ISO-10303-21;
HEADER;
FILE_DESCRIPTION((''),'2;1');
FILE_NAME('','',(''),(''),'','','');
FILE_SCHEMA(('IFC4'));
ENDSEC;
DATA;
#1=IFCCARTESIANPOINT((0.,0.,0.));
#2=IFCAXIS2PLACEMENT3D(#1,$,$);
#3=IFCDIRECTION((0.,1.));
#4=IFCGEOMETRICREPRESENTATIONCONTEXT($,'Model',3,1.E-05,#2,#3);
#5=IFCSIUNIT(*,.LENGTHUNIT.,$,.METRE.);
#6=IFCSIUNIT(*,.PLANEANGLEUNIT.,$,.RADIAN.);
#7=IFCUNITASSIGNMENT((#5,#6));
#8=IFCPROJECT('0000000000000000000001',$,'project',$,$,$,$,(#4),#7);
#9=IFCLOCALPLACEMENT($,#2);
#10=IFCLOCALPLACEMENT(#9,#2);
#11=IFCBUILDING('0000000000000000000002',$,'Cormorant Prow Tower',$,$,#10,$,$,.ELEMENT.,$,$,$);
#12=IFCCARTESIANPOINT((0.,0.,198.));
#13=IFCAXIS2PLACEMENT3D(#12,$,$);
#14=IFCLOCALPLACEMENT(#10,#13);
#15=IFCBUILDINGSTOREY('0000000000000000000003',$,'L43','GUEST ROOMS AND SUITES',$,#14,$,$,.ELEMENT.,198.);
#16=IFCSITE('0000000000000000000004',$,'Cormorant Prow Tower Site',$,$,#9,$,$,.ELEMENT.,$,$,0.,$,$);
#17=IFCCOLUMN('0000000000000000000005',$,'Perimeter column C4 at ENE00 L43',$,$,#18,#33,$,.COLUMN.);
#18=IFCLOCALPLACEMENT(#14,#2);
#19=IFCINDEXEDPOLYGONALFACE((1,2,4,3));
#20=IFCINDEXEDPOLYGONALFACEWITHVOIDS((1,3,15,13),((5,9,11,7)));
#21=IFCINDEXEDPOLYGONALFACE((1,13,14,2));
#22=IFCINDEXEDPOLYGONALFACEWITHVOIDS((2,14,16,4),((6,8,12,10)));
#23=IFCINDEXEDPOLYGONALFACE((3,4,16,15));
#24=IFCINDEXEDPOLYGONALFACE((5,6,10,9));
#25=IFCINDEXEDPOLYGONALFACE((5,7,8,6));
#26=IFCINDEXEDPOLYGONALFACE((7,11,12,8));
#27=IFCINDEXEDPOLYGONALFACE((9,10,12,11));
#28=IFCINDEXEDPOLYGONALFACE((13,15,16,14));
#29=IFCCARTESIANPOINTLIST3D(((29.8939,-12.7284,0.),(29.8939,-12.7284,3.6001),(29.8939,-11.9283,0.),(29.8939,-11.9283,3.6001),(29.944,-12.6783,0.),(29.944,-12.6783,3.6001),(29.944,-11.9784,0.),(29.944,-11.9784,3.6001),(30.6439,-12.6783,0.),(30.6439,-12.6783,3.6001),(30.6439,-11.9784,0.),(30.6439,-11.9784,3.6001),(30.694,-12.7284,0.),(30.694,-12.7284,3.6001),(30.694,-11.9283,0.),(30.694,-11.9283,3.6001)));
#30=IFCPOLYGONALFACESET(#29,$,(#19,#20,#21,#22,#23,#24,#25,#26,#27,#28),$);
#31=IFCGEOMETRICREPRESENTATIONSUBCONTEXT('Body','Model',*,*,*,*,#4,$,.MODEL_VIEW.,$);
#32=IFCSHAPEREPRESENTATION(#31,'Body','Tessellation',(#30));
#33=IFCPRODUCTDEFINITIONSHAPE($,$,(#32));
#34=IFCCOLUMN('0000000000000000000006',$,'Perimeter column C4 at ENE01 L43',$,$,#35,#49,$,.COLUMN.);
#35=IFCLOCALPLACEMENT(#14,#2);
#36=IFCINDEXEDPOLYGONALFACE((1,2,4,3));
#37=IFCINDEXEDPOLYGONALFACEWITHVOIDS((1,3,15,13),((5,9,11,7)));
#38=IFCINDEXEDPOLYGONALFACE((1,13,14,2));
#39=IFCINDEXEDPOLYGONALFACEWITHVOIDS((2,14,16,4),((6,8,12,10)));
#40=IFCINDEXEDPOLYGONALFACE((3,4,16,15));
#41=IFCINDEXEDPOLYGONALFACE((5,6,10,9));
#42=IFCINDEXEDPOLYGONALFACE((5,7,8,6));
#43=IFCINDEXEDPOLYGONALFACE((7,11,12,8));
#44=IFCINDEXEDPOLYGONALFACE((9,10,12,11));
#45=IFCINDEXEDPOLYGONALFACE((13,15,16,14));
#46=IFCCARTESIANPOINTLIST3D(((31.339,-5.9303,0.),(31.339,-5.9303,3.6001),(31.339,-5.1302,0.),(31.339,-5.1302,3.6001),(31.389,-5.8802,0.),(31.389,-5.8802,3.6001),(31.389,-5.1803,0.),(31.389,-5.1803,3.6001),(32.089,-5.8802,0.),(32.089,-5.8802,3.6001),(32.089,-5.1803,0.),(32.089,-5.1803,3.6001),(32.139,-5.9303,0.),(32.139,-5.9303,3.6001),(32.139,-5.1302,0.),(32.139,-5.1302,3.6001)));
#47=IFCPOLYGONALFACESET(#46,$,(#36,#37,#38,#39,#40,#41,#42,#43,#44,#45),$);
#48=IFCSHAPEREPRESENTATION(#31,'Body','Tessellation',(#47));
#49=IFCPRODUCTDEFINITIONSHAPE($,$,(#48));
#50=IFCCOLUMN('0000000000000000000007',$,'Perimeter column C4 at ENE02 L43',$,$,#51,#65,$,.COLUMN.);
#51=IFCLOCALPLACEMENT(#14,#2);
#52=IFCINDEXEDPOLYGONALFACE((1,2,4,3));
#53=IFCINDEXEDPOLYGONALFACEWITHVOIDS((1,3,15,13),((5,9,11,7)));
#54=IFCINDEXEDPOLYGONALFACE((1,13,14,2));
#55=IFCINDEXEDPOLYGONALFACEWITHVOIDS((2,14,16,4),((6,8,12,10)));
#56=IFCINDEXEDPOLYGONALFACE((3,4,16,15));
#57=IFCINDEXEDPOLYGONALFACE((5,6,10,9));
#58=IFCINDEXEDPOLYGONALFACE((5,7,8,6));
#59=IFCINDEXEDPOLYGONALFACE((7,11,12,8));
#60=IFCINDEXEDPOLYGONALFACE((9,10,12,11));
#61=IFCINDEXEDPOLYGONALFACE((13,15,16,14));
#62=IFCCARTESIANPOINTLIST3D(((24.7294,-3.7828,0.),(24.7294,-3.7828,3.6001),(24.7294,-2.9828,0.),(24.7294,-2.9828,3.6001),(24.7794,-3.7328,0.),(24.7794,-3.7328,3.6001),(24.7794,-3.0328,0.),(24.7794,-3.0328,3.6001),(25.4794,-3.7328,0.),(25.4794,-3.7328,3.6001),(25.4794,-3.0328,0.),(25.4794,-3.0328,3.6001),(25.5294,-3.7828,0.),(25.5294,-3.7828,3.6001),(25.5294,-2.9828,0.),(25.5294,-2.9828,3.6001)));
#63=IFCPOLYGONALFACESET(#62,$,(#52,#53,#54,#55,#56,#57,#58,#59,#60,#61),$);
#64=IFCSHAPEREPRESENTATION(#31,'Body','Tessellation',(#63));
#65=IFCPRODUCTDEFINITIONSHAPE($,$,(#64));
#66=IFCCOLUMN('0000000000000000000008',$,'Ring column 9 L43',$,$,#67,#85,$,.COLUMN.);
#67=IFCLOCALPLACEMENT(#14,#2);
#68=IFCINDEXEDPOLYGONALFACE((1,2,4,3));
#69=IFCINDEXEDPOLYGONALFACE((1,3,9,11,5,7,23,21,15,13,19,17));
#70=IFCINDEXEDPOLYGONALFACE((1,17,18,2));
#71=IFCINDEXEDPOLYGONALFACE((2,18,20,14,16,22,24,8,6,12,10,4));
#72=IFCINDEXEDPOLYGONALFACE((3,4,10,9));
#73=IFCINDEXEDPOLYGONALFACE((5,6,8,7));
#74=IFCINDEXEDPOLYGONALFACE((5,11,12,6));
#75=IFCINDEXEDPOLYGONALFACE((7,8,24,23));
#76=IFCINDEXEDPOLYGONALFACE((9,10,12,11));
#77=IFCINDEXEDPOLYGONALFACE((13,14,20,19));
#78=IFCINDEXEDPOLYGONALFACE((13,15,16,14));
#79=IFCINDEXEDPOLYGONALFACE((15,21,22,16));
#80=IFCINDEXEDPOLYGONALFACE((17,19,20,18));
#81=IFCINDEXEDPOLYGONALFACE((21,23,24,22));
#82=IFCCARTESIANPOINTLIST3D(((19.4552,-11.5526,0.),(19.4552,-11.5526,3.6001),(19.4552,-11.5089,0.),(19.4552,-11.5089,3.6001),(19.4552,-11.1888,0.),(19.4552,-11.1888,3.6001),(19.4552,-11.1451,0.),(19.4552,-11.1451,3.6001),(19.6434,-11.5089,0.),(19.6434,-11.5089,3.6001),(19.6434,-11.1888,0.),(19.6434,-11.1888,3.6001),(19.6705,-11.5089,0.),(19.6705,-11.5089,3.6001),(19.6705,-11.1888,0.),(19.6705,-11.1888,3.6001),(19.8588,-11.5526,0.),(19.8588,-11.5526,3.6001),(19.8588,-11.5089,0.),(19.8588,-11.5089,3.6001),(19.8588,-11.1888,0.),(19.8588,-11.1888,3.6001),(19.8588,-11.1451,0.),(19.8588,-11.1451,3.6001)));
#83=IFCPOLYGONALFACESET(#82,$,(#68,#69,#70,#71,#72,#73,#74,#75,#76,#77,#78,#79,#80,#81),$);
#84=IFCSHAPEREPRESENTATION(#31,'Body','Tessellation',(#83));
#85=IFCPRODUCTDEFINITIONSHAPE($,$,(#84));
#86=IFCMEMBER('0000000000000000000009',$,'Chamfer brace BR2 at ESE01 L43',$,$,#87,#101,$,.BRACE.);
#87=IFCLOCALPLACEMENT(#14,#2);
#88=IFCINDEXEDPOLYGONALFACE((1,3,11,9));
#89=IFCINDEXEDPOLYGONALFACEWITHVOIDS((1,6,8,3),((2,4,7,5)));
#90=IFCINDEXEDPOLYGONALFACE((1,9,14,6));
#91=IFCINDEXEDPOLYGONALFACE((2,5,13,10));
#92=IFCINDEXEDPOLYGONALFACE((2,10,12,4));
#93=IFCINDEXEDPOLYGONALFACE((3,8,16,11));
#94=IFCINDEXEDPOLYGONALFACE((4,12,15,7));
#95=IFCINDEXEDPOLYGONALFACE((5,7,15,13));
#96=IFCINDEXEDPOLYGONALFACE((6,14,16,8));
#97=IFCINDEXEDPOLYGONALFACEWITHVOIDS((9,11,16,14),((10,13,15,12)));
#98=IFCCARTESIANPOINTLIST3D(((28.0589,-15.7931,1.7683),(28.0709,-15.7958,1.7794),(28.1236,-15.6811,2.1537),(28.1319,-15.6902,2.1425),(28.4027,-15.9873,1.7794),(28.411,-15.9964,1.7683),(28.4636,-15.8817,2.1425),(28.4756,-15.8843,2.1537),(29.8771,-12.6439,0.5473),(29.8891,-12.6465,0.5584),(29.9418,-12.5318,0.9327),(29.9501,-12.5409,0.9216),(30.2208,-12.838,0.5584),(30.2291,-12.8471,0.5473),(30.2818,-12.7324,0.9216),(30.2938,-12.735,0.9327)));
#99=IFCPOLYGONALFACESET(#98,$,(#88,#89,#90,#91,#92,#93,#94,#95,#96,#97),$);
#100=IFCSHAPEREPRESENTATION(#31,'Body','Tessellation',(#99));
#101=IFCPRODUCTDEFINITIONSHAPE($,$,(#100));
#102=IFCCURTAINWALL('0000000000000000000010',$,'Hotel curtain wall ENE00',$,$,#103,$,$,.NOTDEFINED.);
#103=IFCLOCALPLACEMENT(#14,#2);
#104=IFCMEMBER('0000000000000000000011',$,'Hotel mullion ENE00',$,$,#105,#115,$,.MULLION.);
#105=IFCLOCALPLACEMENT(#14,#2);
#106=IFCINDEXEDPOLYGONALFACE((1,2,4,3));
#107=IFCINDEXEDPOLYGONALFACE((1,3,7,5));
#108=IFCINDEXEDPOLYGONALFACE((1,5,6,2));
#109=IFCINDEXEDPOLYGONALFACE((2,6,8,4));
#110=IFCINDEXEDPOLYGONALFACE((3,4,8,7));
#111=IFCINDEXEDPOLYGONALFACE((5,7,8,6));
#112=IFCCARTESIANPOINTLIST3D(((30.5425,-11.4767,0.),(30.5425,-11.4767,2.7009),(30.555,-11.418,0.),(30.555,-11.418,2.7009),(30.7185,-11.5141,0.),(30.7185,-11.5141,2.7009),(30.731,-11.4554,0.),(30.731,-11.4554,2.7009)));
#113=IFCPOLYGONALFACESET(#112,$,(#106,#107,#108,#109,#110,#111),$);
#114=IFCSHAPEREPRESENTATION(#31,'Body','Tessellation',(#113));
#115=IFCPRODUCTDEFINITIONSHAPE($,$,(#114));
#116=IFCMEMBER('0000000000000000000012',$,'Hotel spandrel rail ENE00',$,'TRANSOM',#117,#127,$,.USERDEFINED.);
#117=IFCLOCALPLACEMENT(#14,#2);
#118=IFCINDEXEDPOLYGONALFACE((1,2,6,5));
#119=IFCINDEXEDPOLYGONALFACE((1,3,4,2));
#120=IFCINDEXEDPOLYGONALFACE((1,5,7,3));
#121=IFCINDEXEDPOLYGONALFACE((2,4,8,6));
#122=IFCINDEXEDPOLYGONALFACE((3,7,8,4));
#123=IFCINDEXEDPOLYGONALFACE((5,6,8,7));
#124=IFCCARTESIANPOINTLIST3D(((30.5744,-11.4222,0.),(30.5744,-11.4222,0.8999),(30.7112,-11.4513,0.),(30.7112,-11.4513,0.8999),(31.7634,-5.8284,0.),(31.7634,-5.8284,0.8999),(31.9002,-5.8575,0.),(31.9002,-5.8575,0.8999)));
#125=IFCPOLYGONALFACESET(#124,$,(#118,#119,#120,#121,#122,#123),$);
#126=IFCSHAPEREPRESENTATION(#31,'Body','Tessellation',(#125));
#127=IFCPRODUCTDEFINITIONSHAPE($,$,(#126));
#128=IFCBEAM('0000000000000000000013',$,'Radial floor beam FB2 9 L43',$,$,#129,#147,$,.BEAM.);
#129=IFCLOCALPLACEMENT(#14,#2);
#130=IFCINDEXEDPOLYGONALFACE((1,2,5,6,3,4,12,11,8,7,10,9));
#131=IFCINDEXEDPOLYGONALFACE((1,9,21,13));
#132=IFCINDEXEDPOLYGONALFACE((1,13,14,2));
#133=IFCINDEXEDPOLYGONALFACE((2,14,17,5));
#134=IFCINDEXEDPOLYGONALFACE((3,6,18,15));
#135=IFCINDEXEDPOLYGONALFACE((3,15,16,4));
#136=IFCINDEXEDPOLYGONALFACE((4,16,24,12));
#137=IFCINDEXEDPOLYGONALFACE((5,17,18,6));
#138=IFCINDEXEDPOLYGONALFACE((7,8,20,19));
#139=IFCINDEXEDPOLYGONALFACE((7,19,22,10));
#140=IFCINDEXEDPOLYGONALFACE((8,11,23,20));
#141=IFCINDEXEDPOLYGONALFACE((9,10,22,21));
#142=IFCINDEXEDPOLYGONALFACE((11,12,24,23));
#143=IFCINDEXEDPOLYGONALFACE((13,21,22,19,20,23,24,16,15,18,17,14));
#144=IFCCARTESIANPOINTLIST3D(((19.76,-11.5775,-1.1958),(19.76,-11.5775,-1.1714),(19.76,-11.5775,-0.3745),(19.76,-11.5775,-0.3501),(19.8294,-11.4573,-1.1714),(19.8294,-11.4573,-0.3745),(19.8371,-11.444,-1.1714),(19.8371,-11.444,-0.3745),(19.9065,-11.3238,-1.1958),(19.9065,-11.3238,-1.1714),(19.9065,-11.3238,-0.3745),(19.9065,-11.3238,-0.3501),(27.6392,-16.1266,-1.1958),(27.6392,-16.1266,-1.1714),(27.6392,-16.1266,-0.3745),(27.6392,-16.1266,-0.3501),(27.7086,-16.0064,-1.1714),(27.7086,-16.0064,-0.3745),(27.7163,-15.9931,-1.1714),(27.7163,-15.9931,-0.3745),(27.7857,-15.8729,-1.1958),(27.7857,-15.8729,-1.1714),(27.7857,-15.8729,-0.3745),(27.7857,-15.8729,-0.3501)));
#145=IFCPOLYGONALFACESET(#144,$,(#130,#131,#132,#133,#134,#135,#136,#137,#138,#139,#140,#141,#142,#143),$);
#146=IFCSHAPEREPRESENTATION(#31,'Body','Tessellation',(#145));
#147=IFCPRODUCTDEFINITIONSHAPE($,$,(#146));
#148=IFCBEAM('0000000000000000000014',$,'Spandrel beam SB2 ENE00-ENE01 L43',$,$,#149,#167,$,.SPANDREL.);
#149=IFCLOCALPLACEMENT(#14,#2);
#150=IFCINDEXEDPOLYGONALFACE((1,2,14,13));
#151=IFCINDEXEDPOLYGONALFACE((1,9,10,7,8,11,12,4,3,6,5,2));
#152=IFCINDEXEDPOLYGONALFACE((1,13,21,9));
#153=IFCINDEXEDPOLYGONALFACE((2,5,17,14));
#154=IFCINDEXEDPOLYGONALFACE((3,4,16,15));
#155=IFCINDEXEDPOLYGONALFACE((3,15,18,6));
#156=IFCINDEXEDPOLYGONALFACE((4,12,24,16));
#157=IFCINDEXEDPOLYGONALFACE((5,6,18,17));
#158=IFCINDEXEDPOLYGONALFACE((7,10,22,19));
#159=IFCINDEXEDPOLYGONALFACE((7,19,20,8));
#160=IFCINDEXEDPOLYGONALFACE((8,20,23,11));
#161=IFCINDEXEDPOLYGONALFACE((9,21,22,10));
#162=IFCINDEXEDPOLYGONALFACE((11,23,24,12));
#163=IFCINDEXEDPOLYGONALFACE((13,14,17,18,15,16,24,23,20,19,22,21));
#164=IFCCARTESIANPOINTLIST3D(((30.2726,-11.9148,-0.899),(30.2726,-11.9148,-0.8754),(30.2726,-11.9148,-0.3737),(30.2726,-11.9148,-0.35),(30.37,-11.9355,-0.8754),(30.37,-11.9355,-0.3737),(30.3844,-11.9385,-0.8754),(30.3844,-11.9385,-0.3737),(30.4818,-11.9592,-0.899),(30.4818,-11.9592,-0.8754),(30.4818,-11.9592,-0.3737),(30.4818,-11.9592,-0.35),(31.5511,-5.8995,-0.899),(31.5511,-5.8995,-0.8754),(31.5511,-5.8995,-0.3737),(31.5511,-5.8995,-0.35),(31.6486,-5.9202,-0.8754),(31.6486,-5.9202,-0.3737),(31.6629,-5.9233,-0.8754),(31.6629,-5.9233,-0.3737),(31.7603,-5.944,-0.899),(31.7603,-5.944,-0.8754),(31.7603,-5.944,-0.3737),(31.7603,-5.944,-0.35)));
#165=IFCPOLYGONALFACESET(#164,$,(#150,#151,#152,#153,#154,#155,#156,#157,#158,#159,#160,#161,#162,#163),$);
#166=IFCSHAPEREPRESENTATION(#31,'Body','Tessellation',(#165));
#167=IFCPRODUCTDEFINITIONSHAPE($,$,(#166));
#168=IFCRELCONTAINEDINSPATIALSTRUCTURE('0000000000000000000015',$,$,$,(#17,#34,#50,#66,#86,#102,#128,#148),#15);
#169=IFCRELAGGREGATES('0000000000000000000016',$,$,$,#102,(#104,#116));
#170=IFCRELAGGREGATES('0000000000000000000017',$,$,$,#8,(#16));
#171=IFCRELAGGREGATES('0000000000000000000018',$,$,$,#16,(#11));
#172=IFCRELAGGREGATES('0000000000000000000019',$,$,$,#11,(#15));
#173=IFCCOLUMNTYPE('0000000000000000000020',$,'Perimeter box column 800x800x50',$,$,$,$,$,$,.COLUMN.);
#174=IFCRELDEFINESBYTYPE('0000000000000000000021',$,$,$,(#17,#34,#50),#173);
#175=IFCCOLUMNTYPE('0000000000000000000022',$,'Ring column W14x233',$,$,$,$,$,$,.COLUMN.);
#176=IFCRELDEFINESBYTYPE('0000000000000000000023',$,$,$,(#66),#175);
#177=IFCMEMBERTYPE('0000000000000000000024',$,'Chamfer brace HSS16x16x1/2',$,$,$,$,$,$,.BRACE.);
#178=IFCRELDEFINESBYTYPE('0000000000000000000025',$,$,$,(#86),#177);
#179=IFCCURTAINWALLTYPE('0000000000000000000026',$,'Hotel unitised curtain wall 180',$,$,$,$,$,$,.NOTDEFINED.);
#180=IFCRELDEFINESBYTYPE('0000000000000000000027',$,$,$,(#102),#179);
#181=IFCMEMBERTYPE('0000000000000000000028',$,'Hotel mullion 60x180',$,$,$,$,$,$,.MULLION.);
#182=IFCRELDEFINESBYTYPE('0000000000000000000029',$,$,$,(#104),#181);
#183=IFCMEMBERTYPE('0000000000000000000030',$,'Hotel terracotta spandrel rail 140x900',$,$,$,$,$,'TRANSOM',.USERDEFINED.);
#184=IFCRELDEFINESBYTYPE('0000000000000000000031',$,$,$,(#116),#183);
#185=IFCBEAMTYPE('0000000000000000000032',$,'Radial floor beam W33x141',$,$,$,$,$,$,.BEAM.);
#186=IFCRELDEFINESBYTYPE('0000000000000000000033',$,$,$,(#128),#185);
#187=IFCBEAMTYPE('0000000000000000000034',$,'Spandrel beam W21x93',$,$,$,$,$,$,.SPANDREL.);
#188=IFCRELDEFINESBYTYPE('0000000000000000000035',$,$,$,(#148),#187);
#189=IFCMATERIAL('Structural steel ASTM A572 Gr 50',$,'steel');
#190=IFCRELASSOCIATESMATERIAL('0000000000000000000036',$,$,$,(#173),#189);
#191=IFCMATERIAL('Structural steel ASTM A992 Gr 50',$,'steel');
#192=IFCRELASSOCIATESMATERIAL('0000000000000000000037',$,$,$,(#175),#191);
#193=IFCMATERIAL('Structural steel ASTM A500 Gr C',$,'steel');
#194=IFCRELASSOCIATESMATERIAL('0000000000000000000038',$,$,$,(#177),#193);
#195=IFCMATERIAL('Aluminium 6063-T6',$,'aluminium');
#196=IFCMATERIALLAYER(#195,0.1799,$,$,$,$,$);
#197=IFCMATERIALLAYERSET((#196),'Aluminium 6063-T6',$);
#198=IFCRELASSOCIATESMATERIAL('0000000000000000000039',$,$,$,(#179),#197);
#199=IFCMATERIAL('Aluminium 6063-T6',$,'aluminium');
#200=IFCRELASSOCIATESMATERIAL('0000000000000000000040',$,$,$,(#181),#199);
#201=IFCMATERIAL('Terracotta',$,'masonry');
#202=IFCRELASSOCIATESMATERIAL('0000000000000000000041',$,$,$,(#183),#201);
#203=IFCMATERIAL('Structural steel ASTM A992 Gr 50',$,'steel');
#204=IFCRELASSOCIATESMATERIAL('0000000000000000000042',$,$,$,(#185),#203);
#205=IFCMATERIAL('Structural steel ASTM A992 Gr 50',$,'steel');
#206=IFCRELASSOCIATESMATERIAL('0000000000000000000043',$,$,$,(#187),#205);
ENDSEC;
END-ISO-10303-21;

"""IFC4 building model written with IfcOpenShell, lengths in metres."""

from ifc_helpers import new_model, si_unit, direction, frame, origin, origin_2d, place, context, subcontext, project, spatial, rectangle, hollow_rectangle, i_section, extrude, material, layer, layer_set, material_profile, profile_set, type_object, element, aggregate, save


model = new_model("IFC4")

# Units and contexts
model_context = context("Model", 3, precision=1e-05, world=origin(), true_north=direction((0.0, 1.0)))
body_context = subcontext(model_context, "Body", "Model", "MODEL_VIEW")
ifc_project = project(units=[si_unit("LENGTHUNIT", "METRE"), si_unit("PLANEANGLEUNIT", "RADIAN")], contexts=[model_context])

# Site, building, storey
site_placement = place(None, origin())
site = spatial("IfcSite", under=ifc_project, at=site_placement, Name="Cormorant Prow Tower Site", CompositionType="ELEMENT", RefElevation=0.0)
building_placement = place(site_placement, origin())
building = spatial("IfcBuilding", under=site, at=building_placement, Name="Cormorant Prow Tower", CompositionType="ELEMENT")
storey_placement = place(building_placement, frame((0.0, 0.0, 198.0)))
storey = spatial("IfcBuildingStorey", under=building, at=storey_placement, Name="L43", Description="GUEST ROOMS AND SUITES", CompositionType="ELEMENT", Elevation=198.0)

# Columns
ifc_material_1 = material(Name="Structural steel ASTM A572 Gr 50", Category="steel")
ifc_material_profile_1 = material_profile(ifc_material_1, hollow_rectangle(XDim=0.8, YDim=0.8, WallThickness=0.05, at=origin_2d()), Name="Box 800x800x50")
ifc_profile_set_1 = profile_set([ifc_material_profile_1], Name="Structural steel ASTM A572 Gr 50")
column_type_1 = type_object("IfcColumnType", Name="Perimeter box column 800x800x50", PredefinedType="COLUMN", material=ifc_profile_set_1)
for number, where, z_axis, x_axis, name in (
    (1, (30.2939, -12.3284, 0.0), (0.0, 0.0, 1.0), (1.0, 0.0, 0.0), "Perimeter column C4 at ENE00 L43"),
    (2, (31.739, -5.5303, 0.0), (0.0, 0.0, 1.0), (1.0, 0.0, 0.0), "Perimeter column C4 at ENE01 L43"),
    (3, (25.1294, -3.3828, 0.0), (0.0, 0.0, 1.0), (1.0, 0.0, 0.0), "Perimeter column C4 at ENE02 L43"),
):
    element("IfcColumn", number, at=place(storey_placement, frame(where, z_axis=z_axis, x_axis=x_axis)), inside=storey, type_object=column_type_1, Name=name, PredefinedType="COLUMN", context=body_context, shape_type="SweptSolid", body=[
        extrude(hollow_rectangle(XDim=0.8, YDim=0.8, WallThickness=0.05, at=origin_2d()), origin(), (0.0, 0.0, 1.0), 3.6001),
    ])
ifc_material_2 = material(Name="Structural steel ASTM A992 Gr 50", Category="steel")
ifc_material_profile_2 = material_profile(ifc_material_2, i_section(OverallWidth=0.4036, OverallDepth=0.4075, WebThickness=0.0271, FlangeThickness=0.0437, at=origin_2d()), Name="W14x233")
ifc_profile_set_2 = profile_set([ifc_material_profile_2], Name="Structural steel ASTM A992 Gr 50")
column_type_2 = type_object("IfcColumnType", Name="Ring column W14x233", PredefinedType="COLUMN", material=ifc_profile_set_2)
column_placement = place(storey_placement, frame((19.657, -11.3489, 0.0), z_axis=(0.0, 0.0, 1.0), x_axis=(1.0, 0.0, 0.0)))
element("IfcColumn", 4, at=column_placement, inside=storey, type_object=column_type_2, Name="Ring column 9 L43", PredefinedType="COLUMN", context=body_context, shape_type="SweptSolid", body=[
    extrude(i_section(OverallWidth=0.4036, OverallDepth=0.4075, WebThickness=0.0271, FlangeThickness=0.0437, at=origin_2d()), origin(), (0.0, 0.0, 1.0), 3.6001),
])

# Member
ifc_material_3 = material(Name="Structural steel ASTM A500 Gr C", Category="steel")
ifc_material_profile_3 = material_profile(ifc_material_3, hollow_rectangle(XDim=0.4065, YDim=0.4065, WallThickness=0.0117, at=origin_2d()), Name="HSS16x16x1/2")
ifc_profile_set_3 = profile_set([ifc_material_profile_3], Name="Structural steel ASTM A500 Gr C")
member_type_1 = type_object("IfcMemberType", Name="Chamfer brace HSS16x16x1/2", PredefinedType="BRACE", material=ifc_profile_set_3)
member_1_placement = place(storey_placement, frame((30.0854, -12.6895, 0.74), z_axis=(-0.473983, -0.82099, 0.318301), x_axis=(0.866032, -0.499988, 0.0)))
element("IfcMember", 5, at=member_1_placement, inside=storey, type_object=member_type_1, Name="Chamfer brace BR2 at ESE01 L43", PredefinedType="BRACE", context=body_context, shape_type="SweptSolid", body=[
    extrude(hollow_rectangle(XDim=0.4065, YDim=0.4065, WallThickness=0.0117, at=origin_2d()), origin(), (0.0, 0.0, 1.0), 3.8359),
])

# Curtain wall, members
ifc_material_4 = material(Name="Aluminium 6063-T6", Category="aluminium")
ifc_layer_1 = layer(ifc_material_4, 0.1799)
ifc_layer_set_1 = layer_set([ifc_layer_1], Name="Aluminium 6063-T6")
curtain_wall_type = type_object("IfcCurtainWallType", Name="Hotel unitised curtain wall 180", PredefinedType="NOTDEFINED", material=ifc_layer_set_1)
curtain_wall_placement = place(storey_placement, origin())
curtain_wall = element("IfcCurtainWall", 6, at=curtain_wall_placement, inside=storey, type_object=curtain_wall_type, Name="Hotel curtain wall ENE00", PredefinedType="NOTDEFINED")
ifc_material_5 = material(Name="Aluminium 6063-T6", Category="aluminium")
ifc_material_profile_4 = material_profile(ifc_material_5, rectangle(XDim=0.1799, YDim=0.0601, at=origin_2d()), Name="Hotel mullion 60x180")
ifc_profile_set_4 = profile_set([ifc_material_profile_4], Name="Aluminium 6063-T6")
member_type_2 = type_object("IfcMemberType", Name="Hotel mullion 60x180", PredefinedType="MULLION", material=ifc_profile_set_4)
member_2_placement = place(storey_placement, frame((30.6367, -11.4661, 0.0), z_axis=(0.0, 0.0, 1.0), x_axis=(-0.978148, 0.207912, 0.0)))
member_2 = element("IfcMember", 7, at=member_2_placement, type_object=member_type_2, Name="Hotel mullion ENE00", PredefinedType="MULLION", context=body_context, shape_type="SweptSolid", body=[
    extrude(rectangle(XDim=0.1799, YDim=0.0601, at=origin_2d()), origin(), (0.0, 0.0, 1.0), 2.7009),
])
ifc_material_6 = material(Name="Terracotta", Category="masonry")
ifc_material_profile_5 = material_profile(ifc_material_6, rectangle(XDim=0.1399, YDim=0.8999, at=origin_2d()), Name="Hotel terracotta spandrel rail 140x900")
ifc_profile_set_5 = profile_set([ifc_material_profile_5], Name="Terracotta")
member_type_3 = type_object("IfcMemberType", Name="Hotel terracotta spandrel rail 140x900", ElementType="TRANSOM", PredefinedType="USERDEFINED", material=ifc_profile_set_5)
member_3_placement = place(storey_placement, frame((30.6428, -11.4368, 0.45), z_axis=(0.207908, 0.978148, 0.0), x_axis=(-0.978148, 0.207908, 0.0)))
member_3 = element("IfcMember", 8, at=member_3_placement, type_object=member_type_3, Name="Hotel spandrel rail ENE00", ObjectType="TRANSOM", PredefinedType="USERDEFINED", context=body_context, shape_type="SweptSolid", body=[
    extrude(rectangle(XDim=0.1399, YDim=0.8999, at=origin_2d()), origin(), (0.0, 0.0, 1.0), 5.7188),
])

# Beams
ifc_material_7 = material(Name="Structural steel ASTM A992 Gr 50", Category="steel")
ifc_material_profile_6 = material_profile(ifc_material_7, i_section(OverallWidth=0.293, OverallDepth=0.8457, WebThickness=0.0154, FlangeThickness=0.0244, at=origin_2d()), Name="W33x141")
ifc_profile_set_6 = profile_set([ifc_material_profile_6], Name="Structural steel ASTM A992 Gr 50")
beam_type_1 = type_object("IfcBeamType", Name="Radial floor beam W33x141", PredefinedType="BEAM", material=ifc_profile_set_6)
beam_1_placement = place(storey_placement, frame((19.8333, -11.4507, -0.7729), z_axis=(0.866023, -0.500004, 0.0), x_axis=(0.500004, 0.866023, 0.0)))
element("IfcBeam", 9, at=beam_1_placement, inside=storey, type_object=beam_type_1, Name="Radial floor beam FB2 9 L43", PredefinedType="BEAM", context=body_context, shape_type="SweptSolid", body=[
    extrude(i_section(OverallWidth=0.293, OverallDepth=0.8457, WebThickness=0.0154, FlangeThickness=0.0244, at=origin_2d()), origin(), (0.0, 0.0, 1.0), 9.0981),
])
ifc_material_8 = material(Name="Structural steel ASTM A992 Gr 50", Category="steel")
ifc_material_profile_7 = material_profile(ifc_material_8, i_section(OverallWidth=0.2139, OverallDepth=0.5491, WebThickness=0.0146, FlangeThickness=0.0237, at=origin_2d()), Name="W21x93")
ifc_profile_set_7 = profile_set([ifc_material_profile_7], Name="Structural steel ASTM A992 Gr 50")
beam_type_2 = type_object("IfcBeamType", Name="Spandrel beam W21x93", PredefinedType="SPANDREL", material=ifc_profile_set_7)
beam_2_placement = place(storey_placement, frame((30.3772, -11.937, -0.6245), z_axis=(0.207905, 0.978149, 0.0), x_axis=(-0.978149, 0.207905, 0.0)))
element("IfcBeam", 10, at=beam_2_placement, inside=storey, type_object=beam_type_2, Name="Spandrel beam SB2 ENE00-ENE01 L43", PredefinedType="SPANDREL", context=body_context, shape_type="SweptSolid", body=[
    extrude(i_section(OverallWidth=0.2139, OverallDepth=0.5491, WebThickness=0.0146, FlangeThickness=0.0237, at=origin_2d()), origin(), (0.0, 0.0, 1.0), 6.1497),
])

aggregate(curtain_wall, [member_2, member_3])

save(model, "model.ifc")
